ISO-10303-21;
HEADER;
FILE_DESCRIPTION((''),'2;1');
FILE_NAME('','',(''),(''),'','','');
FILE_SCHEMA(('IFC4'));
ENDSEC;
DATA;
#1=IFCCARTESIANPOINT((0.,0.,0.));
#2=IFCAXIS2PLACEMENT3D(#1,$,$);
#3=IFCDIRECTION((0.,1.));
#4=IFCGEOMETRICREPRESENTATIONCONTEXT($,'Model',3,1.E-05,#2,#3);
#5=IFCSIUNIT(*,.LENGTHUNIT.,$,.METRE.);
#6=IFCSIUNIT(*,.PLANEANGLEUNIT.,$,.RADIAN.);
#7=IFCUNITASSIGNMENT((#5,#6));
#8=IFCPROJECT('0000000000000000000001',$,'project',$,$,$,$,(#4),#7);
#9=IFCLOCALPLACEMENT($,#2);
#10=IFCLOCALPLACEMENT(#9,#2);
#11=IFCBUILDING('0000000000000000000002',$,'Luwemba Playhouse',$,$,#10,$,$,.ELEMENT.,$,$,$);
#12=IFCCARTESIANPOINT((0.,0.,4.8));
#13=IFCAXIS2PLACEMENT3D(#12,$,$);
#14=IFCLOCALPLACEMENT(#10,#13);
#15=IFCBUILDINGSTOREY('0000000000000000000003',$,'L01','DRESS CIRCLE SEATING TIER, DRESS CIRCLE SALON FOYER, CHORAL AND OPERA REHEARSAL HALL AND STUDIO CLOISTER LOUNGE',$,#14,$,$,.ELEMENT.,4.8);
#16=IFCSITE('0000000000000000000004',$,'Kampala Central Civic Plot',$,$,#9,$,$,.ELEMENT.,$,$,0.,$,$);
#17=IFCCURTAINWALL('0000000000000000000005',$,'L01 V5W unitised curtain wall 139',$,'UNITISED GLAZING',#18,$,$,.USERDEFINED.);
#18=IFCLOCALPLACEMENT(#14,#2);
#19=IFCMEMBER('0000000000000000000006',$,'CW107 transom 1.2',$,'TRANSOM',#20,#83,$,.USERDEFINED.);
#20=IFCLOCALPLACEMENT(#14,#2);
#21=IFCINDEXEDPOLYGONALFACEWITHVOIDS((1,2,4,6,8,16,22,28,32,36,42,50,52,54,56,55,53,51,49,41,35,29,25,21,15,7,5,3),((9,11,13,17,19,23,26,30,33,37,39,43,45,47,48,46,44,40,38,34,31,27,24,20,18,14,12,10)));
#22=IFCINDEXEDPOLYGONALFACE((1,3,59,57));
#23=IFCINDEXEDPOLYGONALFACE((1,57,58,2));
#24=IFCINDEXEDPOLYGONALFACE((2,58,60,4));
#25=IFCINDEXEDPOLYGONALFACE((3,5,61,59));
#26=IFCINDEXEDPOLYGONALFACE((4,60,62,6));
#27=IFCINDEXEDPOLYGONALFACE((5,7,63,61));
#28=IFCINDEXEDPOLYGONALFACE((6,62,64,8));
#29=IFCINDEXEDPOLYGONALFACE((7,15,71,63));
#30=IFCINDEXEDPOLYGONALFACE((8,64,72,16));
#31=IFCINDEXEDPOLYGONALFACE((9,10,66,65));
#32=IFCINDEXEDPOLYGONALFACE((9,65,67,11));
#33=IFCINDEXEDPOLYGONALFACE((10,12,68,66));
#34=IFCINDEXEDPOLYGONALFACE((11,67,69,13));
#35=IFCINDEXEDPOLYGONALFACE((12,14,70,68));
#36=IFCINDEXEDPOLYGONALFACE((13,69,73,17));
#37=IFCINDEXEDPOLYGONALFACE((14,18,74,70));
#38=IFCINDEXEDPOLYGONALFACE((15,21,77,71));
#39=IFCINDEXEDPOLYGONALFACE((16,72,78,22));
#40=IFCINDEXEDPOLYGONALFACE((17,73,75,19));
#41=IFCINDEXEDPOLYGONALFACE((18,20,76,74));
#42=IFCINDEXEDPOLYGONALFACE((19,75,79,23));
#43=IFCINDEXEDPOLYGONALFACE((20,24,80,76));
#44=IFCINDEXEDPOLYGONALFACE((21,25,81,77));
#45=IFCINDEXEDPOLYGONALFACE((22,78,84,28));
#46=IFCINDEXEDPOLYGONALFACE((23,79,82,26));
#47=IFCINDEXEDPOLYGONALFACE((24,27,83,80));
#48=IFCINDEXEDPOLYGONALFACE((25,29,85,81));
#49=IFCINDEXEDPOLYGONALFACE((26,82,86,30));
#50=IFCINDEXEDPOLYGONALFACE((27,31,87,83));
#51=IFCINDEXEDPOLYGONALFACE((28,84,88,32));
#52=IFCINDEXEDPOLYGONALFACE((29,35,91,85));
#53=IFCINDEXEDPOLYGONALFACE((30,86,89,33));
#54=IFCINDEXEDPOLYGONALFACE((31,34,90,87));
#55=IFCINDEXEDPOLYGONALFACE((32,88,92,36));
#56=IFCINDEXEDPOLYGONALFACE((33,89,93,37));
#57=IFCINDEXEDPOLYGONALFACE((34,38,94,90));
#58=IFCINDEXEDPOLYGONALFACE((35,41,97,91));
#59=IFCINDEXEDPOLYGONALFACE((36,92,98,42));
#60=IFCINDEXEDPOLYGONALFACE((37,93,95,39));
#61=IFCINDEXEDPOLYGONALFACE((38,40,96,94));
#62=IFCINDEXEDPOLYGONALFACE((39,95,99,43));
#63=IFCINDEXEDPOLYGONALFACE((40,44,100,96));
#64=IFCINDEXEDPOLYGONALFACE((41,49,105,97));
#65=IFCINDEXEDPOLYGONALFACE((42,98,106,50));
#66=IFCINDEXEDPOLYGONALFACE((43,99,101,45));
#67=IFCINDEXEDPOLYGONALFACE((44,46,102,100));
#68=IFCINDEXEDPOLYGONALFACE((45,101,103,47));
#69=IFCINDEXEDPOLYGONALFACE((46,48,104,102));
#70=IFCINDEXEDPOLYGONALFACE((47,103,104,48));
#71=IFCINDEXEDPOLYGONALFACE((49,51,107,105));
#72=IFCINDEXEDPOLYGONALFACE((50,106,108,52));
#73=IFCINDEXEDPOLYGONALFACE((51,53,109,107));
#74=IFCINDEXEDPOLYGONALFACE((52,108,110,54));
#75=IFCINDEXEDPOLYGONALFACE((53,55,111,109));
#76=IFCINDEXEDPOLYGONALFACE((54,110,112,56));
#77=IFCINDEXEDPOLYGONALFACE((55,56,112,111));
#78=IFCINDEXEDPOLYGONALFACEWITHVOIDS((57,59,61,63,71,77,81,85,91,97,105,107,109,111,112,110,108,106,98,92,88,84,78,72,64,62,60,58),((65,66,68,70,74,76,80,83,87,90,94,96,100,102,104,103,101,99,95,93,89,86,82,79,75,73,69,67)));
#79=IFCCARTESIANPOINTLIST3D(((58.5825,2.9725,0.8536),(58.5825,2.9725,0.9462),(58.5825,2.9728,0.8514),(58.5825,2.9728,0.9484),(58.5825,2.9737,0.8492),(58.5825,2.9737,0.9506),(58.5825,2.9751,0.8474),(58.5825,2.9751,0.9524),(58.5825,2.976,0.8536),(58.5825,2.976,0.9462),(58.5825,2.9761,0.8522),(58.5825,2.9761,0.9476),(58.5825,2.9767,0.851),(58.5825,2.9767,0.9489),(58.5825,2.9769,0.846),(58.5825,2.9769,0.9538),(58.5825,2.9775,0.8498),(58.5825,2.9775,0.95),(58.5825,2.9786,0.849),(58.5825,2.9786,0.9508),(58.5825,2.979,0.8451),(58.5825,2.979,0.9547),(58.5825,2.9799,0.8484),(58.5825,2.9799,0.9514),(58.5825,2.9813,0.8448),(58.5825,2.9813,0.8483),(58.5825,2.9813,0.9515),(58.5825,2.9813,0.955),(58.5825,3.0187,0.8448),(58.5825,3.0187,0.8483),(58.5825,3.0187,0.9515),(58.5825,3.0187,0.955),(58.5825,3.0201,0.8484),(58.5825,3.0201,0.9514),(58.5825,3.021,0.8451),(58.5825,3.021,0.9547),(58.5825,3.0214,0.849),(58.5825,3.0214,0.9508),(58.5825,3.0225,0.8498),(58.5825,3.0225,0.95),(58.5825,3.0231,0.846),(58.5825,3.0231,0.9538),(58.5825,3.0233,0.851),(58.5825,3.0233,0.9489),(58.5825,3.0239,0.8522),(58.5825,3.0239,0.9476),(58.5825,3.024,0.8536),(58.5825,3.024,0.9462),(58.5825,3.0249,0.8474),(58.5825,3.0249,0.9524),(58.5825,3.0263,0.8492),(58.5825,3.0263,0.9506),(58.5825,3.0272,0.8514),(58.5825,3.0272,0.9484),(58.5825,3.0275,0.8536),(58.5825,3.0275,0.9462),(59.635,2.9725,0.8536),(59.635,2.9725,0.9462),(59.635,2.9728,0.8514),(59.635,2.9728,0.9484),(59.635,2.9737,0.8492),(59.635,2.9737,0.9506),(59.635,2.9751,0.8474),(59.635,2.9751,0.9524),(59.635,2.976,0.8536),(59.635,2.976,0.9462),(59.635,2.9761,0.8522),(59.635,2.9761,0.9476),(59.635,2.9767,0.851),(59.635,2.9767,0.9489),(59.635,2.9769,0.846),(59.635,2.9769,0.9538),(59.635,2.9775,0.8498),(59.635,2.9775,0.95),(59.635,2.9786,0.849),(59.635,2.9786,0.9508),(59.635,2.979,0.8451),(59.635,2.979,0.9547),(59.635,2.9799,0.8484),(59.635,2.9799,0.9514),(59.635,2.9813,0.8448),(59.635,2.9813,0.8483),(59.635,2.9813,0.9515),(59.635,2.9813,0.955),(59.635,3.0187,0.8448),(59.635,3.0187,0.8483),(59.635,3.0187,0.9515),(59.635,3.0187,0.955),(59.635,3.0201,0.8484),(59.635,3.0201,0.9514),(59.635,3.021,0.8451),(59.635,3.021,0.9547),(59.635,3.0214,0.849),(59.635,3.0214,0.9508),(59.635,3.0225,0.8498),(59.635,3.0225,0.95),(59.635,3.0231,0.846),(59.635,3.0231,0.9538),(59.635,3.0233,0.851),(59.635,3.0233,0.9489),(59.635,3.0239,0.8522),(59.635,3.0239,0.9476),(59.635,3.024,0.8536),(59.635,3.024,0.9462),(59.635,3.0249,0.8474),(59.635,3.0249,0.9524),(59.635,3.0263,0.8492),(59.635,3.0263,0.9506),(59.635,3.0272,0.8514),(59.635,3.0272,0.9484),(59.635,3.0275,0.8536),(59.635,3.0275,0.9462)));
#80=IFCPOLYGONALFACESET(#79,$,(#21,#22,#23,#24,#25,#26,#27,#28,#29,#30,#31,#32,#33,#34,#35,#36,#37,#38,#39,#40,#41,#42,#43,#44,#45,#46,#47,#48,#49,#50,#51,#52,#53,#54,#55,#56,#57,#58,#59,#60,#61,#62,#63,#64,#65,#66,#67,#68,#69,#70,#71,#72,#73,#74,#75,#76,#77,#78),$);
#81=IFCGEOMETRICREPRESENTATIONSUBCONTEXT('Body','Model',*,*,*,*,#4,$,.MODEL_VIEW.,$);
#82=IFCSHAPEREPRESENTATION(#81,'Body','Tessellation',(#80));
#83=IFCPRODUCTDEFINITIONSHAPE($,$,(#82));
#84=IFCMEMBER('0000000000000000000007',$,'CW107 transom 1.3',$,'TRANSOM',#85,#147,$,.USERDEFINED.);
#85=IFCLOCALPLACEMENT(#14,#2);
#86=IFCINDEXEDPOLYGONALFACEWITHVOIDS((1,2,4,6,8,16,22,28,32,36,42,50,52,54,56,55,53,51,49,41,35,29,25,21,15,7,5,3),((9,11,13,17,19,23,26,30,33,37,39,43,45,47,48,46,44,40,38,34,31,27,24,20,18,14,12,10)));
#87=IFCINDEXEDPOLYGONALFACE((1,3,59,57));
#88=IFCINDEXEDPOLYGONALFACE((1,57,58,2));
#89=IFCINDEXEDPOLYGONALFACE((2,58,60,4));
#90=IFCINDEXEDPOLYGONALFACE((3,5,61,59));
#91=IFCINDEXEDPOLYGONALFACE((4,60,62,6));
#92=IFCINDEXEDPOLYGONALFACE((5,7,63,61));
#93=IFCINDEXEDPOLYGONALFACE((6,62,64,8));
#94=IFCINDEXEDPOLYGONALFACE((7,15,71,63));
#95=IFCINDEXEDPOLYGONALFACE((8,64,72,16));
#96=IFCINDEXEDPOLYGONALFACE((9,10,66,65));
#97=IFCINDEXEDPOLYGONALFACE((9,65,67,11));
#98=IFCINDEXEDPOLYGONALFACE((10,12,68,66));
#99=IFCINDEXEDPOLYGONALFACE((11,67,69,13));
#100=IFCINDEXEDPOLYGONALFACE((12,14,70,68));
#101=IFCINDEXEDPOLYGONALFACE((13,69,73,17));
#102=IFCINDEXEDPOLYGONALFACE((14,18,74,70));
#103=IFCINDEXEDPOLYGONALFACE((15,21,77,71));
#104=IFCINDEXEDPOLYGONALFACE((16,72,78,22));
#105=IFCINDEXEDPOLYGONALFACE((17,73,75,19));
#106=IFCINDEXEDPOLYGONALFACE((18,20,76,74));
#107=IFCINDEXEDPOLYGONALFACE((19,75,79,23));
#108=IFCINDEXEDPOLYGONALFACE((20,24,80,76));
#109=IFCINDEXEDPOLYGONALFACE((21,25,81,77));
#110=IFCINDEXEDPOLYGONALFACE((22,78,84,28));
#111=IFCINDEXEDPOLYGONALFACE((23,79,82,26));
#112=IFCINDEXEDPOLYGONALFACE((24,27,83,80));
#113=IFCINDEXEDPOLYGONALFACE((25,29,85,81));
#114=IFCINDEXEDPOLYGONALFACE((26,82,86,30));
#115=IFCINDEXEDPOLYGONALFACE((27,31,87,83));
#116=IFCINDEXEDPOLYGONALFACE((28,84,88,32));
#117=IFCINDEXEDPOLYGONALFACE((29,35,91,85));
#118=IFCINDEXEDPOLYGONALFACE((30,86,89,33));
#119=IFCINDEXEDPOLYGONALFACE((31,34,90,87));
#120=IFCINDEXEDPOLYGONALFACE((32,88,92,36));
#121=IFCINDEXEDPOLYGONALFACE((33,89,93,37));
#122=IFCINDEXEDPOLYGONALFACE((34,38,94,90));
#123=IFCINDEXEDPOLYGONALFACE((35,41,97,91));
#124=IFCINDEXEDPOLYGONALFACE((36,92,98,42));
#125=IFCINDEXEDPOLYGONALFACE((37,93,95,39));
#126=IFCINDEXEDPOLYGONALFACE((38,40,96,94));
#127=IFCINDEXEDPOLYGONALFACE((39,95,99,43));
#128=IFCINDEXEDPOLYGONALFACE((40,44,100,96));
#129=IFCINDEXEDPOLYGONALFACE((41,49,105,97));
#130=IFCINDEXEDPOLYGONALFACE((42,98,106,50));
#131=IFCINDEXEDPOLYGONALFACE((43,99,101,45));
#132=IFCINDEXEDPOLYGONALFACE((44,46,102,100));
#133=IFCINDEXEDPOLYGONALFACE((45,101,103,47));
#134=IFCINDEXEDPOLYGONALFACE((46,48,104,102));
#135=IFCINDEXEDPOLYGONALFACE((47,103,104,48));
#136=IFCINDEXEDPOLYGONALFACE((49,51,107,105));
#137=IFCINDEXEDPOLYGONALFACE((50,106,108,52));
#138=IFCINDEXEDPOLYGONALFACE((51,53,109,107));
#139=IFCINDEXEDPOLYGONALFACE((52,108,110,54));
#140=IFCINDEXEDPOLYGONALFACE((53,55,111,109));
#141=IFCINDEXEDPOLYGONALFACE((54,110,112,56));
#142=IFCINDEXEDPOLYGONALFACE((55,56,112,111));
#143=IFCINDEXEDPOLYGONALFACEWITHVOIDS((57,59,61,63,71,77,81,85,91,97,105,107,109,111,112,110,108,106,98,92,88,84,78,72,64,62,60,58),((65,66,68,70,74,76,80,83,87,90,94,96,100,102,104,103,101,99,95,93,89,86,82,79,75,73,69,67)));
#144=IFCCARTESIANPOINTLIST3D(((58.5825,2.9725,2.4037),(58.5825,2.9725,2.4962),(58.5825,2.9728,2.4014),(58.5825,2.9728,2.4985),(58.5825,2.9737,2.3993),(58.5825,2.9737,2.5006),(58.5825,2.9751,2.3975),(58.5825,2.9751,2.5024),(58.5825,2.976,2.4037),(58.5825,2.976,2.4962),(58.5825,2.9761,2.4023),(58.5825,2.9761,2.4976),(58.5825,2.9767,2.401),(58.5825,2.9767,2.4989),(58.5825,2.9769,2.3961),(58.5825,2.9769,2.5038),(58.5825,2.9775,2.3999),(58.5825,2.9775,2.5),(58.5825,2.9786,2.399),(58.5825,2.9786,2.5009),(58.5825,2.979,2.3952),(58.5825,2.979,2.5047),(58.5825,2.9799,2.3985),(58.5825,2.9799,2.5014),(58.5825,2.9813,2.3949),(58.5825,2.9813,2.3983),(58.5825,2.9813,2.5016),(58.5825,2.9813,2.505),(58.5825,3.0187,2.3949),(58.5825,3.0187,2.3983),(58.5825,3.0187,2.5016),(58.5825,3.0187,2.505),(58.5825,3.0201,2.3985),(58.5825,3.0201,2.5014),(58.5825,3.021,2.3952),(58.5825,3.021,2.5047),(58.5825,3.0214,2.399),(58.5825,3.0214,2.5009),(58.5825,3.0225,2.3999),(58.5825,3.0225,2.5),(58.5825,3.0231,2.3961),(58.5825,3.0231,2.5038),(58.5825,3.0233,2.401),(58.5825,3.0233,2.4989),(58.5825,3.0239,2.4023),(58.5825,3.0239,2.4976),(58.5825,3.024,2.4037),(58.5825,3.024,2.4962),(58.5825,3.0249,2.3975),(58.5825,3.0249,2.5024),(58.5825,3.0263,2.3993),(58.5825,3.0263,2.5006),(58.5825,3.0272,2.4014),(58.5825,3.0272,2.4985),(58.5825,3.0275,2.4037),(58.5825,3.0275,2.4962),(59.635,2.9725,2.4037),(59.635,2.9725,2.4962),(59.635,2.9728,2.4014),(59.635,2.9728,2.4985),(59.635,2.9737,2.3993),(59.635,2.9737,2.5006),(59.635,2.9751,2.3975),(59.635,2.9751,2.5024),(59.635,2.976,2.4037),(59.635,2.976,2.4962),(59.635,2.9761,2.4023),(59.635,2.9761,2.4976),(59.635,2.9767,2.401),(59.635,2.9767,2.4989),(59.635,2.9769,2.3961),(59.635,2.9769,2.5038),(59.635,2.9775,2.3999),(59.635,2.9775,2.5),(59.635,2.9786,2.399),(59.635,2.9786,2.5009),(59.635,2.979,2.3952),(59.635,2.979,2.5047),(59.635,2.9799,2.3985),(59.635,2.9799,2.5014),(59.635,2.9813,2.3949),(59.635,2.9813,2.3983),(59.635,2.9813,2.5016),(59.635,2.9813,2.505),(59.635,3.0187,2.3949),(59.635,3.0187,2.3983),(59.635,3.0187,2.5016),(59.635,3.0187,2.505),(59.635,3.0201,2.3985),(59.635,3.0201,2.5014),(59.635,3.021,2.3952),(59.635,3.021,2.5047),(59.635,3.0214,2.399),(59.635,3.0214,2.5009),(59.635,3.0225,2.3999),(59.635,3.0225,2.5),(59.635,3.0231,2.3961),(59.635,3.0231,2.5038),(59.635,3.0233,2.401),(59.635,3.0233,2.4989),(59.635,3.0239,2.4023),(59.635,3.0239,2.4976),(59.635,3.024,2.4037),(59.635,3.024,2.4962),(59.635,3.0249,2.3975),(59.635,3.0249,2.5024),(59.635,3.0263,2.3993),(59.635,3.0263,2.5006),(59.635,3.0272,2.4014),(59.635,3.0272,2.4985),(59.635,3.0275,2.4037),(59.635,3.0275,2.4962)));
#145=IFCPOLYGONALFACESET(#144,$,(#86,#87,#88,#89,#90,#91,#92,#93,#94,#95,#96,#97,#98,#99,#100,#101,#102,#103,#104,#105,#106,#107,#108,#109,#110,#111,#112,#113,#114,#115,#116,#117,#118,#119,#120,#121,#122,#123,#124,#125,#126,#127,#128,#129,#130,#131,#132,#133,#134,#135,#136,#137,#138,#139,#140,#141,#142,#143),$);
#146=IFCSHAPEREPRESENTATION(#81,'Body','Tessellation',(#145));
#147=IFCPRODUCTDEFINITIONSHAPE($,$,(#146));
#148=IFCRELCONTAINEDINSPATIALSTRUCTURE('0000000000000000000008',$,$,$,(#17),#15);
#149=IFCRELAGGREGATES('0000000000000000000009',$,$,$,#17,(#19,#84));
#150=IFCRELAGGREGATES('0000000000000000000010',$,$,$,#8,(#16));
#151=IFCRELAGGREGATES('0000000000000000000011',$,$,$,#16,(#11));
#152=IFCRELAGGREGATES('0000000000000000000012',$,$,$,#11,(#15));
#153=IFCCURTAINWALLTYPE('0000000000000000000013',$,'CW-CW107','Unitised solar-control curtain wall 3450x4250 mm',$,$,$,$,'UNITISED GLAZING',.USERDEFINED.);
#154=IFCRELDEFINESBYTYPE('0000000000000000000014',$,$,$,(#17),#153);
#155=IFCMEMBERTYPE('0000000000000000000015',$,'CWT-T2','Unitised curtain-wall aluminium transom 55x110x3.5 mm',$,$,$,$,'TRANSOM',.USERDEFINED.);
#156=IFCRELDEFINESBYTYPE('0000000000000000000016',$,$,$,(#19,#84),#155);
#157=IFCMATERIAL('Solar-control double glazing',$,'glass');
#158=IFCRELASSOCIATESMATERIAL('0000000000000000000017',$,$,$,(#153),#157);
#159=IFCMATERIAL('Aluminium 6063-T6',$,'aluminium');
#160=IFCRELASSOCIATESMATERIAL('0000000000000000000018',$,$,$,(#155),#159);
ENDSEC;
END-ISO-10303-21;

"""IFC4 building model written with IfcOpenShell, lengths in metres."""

from ifc_helpers import new_model, si_unit, direction, frame, origin, origin_2d, place, context, subcontext, project, spatial, hollow_rectangle, extrude, material, material_profile, profile_set, type_object, element, aggregate, save


model = new_model("IFC4")

# Units and contexts
model_context = context("Model", 3, precision=1e-05, world=origin(), true_north=direction((0.0, 1.0)))
body_context = subcontext(model_context, "Body", "Model", "MODEL_VIEW")
ifc_project = project(units=[si_unit("LENGTHUNIT", "METRE"), si_unit("PLANEANGLEUNIT", "RADIAN")], contexts=[model_context])

# Site, building, storey
site_placement = place(None, origin())
site = spatial("IfcSite", under=ifc_project, at=site_placement, Name="Kampala Central Civic Plot", CompositionType="ELEMENT", RefElevation=0.0)
building_placement = place(site_placement, origin())
building = spatial("IfcBuilding", under=site, at=building_placement, Name="Luwemba Playhouse", CompositionType="ELEMENT")
storey_placement = place(building_placement, frame((0.0, 0.0, 4.8)))
storey = spatial("IfcBuildingStorey", under=building, at=storey_placement, Name="L01", Description="DRESS CIRCLE SEATING TIER, DRESS CIRCLE SALON FOYER, CHORAL AND OPERA REHEARSAL HALL AND STUDIO CLOISTER LOUNGE", CompositionType="ELEMENT", Elevation=4.8)

# Curtain wall
ifc_material_1 = material(Name="Solar-control double glazing", Category="glass")
ifc_material_2 = material(Name="Aluminium 6063-T6", Category="aluminium")
curtain_wall_type_1 = type_object("IfcCurtainWallType", Name="CW-CW107", Description="Unitised solar-control curtain wall 3450x4250 mm", ElementType="UNITISED GLAZING", PredefinedType="USERDEFINED", material=ifc_material_1)
curtain_wall_1_placement = place(storey_placement, origin())
curtain_wall_1 = element("IfcCurtainWall", 1, at=curtain_wall_1_placement, inside=storey, type_object=curtain_wall_type_1, Name="L01 V5W unitised curtain wall 139", ObjectType="UNITISED GLAZING", PredefinedType="USERDEFINED")

# Members
ifc_material_profile_1 = material_profile(ifc_material_2, hollow_rectangle(XDim=0.0549, YDim=0.1101, WallThickness=0.0034, InnerFilletRadius=0.0054, OuterFilletRadius=0.0088, at=origin_2d()))
ifc_profile_set_1 = profile_set([ifc_material_profile_1], Name="Aluminium 6063-T6")
member_type_1 = type_object("IfcMemberType", Name="CWT-T2", Description="Unitised curtain-wall aluminium transom 55x110x3.5 mm", ElementType="TRANSOM", PredefinedType="USERDEFINED", material=ifc_profile_set_1)
member_1_placement = place(storey_placement, frame((59.635, 3.0, 0.8999), z_axis=(-1.0, 0.0, 0.0), x_axis=(0.0, -1.0, 0.0)))
member_1 = element("IfcMember", 2, at=member_1_placement, type_object=member_type_1, Name="CW107 transom 1.2", ObjectType="TRANSOM", PredefinedType="USERDEFINED", context=body_context, shape_type="SweptSolid", body=[
    extrude(hollow_rectangle(XDim=0.0549, YDim=0.1101, WallThickness=0.0034, InnerFilletRadius=0.0054, OuterFilletRadius=0.0088, at=origin_2d()), origin(), (0.0, 0.0, 1.0), 1.0525),
])
member_2_placement = place(storey_placement, frame((59.635, 3.0, 2.45), z_axis=(-1.0, 0.0, 0.0), x_axis=(0.0, -1.0, 0.0)))
member_2 = element("IfcMember", 3, at=member_2_placement, type_object=member_type_1, Name="CW107 transom 1.3", ObjectType="TRANSOM", PredefinedType="USERDEFINED", context=body_context, shape_type="SweptSolid", body=[
    extrude(hollow_rectangle(XDim=0.0549, YDim=0.1101, WallThickness=0.0034, InnerFilletRadius=0.0054, OuterFilletRadius=0.0088, at=origin_2d()), origin(), (0.0, 0.0, 1.0), 1.0525),
])

aggregate(curtain_wall_1, [member_1, member_2])

save(model, "model.ifc")
